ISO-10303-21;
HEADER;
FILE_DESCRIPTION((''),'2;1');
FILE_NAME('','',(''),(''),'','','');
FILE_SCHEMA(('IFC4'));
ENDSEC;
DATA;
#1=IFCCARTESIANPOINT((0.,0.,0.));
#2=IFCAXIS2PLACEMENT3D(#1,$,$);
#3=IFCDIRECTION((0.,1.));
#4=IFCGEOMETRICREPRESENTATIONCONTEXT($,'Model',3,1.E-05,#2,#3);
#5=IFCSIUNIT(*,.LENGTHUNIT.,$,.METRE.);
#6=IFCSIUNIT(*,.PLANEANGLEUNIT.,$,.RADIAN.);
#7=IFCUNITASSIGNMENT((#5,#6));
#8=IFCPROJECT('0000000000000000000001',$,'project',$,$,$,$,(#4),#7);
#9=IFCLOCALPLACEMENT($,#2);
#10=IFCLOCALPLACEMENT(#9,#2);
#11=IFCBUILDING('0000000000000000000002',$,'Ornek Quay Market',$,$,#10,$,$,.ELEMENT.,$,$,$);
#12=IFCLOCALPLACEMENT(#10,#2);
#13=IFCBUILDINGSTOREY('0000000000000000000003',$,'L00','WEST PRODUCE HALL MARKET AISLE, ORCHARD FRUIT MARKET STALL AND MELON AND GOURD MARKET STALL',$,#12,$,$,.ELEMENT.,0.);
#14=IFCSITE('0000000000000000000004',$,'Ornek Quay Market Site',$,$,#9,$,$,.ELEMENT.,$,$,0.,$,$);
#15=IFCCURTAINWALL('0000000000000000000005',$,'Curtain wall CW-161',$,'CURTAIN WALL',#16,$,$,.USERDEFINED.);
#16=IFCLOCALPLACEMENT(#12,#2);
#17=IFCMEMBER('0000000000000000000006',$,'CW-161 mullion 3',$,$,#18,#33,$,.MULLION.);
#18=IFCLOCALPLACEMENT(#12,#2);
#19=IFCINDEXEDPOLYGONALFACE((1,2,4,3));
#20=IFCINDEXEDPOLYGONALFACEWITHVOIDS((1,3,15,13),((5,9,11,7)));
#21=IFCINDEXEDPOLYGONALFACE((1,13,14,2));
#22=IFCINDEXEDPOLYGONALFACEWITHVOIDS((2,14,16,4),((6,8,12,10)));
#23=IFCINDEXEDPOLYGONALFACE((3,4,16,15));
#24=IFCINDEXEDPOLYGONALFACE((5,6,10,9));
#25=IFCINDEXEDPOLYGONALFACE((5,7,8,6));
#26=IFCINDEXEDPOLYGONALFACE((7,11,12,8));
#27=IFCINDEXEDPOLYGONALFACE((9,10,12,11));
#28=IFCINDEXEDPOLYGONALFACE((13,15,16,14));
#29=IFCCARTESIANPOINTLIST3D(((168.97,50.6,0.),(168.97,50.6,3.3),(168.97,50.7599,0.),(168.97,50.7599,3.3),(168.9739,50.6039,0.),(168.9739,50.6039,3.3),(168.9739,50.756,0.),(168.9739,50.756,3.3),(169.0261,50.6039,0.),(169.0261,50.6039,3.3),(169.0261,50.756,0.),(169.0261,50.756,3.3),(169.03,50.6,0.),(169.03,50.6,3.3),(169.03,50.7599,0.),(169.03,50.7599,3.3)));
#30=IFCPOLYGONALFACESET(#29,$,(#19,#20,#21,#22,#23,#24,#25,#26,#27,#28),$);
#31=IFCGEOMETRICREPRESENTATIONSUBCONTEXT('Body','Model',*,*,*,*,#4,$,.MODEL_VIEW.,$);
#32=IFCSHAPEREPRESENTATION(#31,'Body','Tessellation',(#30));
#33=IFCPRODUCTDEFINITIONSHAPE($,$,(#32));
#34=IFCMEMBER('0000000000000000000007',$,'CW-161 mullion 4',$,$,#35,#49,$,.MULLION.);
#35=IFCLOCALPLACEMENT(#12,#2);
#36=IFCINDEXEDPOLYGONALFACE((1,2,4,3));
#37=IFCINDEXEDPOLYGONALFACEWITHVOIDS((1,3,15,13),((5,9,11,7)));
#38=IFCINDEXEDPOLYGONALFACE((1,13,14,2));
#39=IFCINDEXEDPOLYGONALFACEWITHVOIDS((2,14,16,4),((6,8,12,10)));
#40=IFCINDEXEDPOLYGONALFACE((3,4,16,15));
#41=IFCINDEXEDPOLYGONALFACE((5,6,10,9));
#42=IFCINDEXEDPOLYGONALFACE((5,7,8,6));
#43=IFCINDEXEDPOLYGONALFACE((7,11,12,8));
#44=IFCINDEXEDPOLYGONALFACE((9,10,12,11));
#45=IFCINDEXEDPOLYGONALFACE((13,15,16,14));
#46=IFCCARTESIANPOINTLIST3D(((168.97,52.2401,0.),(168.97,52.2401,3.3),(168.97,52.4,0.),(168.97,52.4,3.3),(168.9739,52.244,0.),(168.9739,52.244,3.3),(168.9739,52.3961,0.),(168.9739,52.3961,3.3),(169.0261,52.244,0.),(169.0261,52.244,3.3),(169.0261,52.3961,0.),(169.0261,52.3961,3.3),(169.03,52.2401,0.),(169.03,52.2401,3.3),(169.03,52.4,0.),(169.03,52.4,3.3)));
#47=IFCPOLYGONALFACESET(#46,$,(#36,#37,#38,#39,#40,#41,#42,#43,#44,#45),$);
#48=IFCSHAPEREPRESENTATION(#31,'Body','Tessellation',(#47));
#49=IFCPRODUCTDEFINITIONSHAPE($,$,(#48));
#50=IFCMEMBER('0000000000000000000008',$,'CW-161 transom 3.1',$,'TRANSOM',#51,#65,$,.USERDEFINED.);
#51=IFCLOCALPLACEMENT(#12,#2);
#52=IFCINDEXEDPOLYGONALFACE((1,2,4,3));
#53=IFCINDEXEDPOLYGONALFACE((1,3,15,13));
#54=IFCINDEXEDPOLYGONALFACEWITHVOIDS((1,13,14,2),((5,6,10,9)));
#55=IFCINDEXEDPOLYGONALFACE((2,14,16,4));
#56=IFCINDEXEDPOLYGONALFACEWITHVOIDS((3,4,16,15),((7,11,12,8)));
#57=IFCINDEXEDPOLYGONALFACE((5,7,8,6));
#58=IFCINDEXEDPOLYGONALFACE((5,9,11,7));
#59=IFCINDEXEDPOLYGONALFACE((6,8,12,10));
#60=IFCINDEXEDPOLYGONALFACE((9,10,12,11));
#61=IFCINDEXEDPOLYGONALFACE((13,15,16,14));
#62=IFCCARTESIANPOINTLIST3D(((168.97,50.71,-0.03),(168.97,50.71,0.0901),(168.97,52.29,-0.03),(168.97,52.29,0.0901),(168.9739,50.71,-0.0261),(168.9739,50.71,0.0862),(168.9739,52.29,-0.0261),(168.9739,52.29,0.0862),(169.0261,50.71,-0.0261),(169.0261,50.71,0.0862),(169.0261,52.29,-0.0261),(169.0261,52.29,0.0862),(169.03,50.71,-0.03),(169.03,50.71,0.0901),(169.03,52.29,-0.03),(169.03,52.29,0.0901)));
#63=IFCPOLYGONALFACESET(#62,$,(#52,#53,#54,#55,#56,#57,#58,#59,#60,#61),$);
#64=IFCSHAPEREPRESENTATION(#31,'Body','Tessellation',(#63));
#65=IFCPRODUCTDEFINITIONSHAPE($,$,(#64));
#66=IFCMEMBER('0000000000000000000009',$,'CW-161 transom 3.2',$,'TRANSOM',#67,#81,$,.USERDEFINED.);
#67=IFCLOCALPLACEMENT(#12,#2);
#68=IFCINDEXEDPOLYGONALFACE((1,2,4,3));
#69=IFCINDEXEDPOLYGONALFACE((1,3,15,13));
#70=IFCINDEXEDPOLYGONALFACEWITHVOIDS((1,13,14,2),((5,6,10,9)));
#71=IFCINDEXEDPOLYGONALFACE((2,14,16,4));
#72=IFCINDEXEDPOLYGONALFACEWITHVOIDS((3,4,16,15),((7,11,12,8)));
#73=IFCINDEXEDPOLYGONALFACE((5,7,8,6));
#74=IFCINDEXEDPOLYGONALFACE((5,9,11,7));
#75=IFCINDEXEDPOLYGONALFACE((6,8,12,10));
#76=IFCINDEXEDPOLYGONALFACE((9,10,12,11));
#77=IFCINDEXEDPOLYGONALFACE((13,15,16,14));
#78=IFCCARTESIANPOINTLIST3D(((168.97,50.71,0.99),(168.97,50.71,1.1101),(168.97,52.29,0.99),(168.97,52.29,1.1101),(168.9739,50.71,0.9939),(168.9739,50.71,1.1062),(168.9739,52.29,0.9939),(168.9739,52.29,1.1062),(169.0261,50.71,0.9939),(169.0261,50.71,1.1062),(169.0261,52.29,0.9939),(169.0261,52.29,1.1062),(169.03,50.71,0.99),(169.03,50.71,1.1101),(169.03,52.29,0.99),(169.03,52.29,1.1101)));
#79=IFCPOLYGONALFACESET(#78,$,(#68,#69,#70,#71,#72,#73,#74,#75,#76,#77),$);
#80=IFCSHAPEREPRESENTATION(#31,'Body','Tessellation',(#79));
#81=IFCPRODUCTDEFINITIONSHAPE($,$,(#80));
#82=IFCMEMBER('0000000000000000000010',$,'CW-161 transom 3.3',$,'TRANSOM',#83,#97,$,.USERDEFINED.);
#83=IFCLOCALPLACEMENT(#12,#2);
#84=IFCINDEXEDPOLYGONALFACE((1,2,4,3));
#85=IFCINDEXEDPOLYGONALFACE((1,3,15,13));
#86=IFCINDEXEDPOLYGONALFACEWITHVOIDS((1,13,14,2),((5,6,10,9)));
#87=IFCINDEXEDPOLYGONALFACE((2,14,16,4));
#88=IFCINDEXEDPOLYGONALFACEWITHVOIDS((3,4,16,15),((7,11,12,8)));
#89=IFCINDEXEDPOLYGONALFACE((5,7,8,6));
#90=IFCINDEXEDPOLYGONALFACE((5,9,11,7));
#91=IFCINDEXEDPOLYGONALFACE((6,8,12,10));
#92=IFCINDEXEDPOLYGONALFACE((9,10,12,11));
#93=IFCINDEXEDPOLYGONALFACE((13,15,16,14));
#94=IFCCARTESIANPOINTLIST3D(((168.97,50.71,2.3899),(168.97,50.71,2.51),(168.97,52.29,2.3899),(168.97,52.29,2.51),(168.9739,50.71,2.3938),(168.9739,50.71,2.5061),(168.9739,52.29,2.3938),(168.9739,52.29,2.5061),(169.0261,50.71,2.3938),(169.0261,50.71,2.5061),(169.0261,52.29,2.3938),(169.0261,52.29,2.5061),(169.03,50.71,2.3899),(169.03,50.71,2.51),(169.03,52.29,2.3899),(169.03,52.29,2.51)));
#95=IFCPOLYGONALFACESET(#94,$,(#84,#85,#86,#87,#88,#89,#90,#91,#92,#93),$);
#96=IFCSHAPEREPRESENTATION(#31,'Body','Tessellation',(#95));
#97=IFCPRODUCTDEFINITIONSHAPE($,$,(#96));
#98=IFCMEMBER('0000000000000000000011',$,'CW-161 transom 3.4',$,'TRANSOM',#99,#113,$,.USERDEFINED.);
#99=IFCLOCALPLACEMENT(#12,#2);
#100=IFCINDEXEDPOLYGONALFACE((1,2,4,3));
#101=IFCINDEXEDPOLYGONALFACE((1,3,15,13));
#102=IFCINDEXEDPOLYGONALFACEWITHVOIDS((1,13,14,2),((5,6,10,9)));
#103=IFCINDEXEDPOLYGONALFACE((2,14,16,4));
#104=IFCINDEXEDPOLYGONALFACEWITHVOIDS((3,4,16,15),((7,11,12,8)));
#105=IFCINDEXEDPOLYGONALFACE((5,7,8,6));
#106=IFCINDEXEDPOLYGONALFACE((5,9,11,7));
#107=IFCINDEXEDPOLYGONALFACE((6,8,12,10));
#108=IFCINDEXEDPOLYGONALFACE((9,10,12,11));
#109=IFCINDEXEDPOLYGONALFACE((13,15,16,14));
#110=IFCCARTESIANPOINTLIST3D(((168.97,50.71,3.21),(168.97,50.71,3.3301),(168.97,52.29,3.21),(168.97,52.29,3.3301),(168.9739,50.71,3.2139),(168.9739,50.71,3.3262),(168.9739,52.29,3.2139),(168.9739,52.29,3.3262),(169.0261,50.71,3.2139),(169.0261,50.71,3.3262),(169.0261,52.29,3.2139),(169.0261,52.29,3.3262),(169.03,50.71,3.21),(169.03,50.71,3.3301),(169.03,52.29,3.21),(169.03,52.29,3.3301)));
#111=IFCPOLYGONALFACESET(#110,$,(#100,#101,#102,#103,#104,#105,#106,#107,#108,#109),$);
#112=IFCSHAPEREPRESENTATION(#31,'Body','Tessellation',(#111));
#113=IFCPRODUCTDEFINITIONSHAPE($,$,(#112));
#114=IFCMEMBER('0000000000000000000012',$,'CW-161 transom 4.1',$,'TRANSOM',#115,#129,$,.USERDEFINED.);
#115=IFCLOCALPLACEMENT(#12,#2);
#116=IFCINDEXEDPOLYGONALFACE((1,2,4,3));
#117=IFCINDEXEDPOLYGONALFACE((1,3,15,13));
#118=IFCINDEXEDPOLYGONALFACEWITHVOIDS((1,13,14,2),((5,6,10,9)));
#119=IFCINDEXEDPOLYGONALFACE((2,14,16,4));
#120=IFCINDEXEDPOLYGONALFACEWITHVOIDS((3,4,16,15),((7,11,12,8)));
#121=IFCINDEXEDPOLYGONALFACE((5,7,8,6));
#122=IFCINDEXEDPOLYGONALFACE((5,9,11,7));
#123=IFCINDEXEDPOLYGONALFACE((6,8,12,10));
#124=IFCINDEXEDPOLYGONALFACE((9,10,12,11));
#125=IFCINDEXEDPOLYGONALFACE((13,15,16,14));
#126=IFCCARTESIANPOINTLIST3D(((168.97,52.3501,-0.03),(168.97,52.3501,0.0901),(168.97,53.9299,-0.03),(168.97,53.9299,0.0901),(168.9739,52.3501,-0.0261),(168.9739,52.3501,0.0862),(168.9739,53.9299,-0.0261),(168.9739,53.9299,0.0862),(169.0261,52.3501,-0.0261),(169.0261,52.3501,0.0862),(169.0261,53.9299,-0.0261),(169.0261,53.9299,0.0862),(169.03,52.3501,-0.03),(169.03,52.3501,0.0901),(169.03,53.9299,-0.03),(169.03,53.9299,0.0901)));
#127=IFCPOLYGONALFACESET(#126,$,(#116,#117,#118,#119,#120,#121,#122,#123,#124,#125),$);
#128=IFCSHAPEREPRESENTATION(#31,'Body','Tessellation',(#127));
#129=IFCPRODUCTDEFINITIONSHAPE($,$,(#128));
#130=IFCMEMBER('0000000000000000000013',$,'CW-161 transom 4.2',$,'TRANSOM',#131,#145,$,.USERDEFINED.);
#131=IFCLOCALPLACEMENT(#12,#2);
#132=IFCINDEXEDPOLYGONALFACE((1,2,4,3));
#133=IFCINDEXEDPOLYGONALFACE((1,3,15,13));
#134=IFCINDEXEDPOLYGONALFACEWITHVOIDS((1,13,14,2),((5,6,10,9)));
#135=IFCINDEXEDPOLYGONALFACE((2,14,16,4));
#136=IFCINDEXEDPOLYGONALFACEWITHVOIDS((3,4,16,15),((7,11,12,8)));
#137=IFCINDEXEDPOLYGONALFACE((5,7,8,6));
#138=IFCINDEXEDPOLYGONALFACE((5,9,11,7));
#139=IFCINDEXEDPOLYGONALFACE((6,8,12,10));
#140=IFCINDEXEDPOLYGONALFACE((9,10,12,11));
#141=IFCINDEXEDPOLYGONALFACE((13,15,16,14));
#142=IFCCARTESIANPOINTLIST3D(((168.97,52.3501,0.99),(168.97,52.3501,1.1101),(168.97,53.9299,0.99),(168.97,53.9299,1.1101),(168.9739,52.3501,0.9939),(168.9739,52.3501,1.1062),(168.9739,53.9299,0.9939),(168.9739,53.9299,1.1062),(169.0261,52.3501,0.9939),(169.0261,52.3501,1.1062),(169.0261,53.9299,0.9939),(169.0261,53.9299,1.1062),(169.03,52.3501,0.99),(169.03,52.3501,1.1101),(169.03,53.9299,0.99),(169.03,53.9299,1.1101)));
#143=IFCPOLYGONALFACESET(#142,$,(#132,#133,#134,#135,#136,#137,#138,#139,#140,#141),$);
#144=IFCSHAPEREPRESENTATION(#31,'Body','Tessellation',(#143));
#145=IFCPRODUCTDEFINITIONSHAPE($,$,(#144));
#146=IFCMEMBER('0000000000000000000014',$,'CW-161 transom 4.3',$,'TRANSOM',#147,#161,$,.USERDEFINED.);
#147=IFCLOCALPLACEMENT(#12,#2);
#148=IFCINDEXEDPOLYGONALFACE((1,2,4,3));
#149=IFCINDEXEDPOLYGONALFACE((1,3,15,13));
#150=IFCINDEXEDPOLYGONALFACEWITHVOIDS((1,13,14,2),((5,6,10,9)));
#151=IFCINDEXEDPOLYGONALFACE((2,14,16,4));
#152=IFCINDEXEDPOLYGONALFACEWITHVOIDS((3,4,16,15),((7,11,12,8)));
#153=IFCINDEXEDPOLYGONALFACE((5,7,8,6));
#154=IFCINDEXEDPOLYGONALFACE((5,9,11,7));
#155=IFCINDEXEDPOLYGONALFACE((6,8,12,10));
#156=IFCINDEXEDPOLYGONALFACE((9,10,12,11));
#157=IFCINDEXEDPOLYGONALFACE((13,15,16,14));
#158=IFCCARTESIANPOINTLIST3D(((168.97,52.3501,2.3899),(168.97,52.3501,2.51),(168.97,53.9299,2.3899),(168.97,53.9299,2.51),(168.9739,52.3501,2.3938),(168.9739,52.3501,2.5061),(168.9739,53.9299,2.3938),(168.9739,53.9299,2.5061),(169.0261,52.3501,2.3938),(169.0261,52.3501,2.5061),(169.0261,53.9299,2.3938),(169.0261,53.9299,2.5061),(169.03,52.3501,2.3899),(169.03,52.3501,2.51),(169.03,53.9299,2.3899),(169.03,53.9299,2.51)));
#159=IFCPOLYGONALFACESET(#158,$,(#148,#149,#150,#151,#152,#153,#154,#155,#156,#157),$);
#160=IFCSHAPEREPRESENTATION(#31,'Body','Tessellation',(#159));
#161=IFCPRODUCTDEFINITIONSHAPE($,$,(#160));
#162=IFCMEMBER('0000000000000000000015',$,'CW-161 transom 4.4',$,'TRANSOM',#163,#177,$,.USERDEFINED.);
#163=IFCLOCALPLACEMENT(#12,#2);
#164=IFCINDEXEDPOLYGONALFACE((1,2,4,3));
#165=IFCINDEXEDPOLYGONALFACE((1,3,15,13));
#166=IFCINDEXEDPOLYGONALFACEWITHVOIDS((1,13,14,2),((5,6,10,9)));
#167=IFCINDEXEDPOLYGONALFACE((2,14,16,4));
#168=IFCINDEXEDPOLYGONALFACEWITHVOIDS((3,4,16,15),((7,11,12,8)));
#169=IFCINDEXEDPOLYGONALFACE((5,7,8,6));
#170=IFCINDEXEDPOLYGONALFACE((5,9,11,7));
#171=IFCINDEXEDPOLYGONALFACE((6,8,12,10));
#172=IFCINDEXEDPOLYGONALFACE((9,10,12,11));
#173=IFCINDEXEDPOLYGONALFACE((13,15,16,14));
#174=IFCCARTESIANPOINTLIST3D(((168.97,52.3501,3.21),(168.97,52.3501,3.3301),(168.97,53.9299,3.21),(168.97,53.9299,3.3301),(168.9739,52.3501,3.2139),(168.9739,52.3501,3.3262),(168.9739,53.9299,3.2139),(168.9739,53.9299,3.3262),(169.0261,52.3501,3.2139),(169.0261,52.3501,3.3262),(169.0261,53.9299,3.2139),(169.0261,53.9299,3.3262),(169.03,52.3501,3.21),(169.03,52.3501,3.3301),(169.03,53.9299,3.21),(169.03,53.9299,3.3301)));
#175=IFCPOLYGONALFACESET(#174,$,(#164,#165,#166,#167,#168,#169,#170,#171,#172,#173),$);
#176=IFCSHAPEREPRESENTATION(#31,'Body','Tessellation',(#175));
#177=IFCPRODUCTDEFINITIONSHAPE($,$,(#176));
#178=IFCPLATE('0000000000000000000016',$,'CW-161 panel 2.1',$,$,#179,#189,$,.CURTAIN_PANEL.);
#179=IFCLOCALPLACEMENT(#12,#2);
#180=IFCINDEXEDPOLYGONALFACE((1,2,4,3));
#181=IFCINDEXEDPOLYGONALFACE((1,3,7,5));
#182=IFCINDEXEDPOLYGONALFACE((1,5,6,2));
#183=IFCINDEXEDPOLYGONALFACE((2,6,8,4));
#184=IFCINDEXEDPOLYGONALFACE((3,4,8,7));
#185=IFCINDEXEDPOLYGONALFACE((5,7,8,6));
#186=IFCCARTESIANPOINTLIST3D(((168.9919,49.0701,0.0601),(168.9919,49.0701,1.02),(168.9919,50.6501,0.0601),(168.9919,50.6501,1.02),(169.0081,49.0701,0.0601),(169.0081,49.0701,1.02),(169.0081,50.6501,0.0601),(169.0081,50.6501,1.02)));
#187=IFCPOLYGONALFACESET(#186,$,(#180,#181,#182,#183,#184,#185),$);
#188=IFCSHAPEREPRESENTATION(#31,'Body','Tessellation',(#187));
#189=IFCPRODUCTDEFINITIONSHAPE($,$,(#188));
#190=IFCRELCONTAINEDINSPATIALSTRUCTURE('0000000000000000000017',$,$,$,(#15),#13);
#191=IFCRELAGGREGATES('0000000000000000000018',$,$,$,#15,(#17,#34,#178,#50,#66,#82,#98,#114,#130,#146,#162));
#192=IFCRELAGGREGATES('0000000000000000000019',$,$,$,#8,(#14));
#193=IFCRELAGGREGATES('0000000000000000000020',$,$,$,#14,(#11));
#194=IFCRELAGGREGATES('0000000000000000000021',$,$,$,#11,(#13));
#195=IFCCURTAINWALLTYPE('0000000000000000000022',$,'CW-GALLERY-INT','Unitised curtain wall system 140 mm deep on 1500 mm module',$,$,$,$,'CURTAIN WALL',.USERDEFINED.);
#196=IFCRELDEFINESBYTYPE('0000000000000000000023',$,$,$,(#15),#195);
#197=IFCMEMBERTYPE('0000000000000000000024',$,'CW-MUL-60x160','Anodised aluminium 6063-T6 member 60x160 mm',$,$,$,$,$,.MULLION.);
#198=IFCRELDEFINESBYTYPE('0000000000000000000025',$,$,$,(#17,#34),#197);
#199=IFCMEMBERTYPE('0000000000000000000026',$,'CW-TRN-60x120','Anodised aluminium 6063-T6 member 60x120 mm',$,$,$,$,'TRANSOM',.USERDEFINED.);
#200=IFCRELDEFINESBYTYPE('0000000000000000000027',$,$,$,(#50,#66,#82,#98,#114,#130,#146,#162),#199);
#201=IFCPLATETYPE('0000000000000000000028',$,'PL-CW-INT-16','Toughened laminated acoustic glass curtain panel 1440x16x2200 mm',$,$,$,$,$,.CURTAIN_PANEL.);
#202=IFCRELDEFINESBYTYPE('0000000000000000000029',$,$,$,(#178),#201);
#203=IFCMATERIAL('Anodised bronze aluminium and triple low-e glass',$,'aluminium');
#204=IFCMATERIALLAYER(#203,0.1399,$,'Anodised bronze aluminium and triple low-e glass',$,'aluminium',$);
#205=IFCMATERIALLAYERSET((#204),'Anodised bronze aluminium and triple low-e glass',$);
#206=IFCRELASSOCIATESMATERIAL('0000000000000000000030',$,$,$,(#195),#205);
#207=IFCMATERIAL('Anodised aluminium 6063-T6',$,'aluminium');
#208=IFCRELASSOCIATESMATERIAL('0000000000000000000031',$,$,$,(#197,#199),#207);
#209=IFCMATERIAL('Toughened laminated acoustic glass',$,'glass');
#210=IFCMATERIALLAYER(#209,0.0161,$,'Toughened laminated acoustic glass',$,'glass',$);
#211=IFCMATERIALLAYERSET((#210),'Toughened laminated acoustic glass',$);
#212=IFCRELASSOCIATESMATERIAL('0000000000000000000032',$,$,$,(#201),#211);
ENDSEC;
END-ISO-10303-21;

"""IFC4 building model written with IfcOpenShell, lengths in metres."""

from ifc_helpers import new_model, si_unit, direction, frame, origin, origin_2d, place, context, subcontext, project, spatial, rectangle, hollow_rectangle, extrude, material, layer, layer_set, material_profile, profile_set, type_object, element, aggregate, save


model = new_model("IFC4")

# Units and contexts
model_context = context("Model", 3, precision=1e-05, world=origin(), true_north=direction((0.0, 1.0)))
body_context = subcontext(model_context, "Body", "Model", "MODEL_VIEW")
ifc_project = project(units=[si_unit("LENGTHUNIT", "METRE"), si_unit("PLANEANGLEUNIT", "RADIAN")], contexts=[model_context])

# Site, building, storey
site_placement = place(None, origin())
site = spatial("IfcSite", under=ifc_project, at=site_placement, Name="Ornek Quay Market Site", CompositionType="ELEMENT", RefElevation=0.0)
building_placement = place(site_placement, origin())
building = spatial("IfcBuilding", under=site, at=building_placement, Name="Ornek Quay Market", CompositionType="ELEMENT")
storey_placement = place(building_placement, origin())
storey = spatial("IfcBuildingStorey", under=building, at=storey_placement, Name="L00", Description="WEST PRODUCE HALL MARKET AISLE, ORCHARD FRUIT MARKET STALL AND MELON AND GOURD MARKET STALL", CompositionType="ELEMENT", Elevation=0.0)

# Curtain wall, members, plate
ifc_material_1 = material(Name="Anodised bronze aluminium and triple low-e glass", Category="aluminium")
ifc_layer_1 = layer(ifc_material_1, 0.1399, Name="Anodised bronze aluminium and triple low-e glass", Category="aluminium")
ifc_layer_set_1 = layer_set([ifc_layer_1], Name="Anodised bronze aluminium and triple low-e glass")
curtain_wall_type = type_object("IfcCurtainWallType", Name="CW-GALLERY-INT", Description="Unitised curtain wall system 140 mm deep on 1500 mm module", ElementType="CURTAIN WALL", PredefinedType="USERDEFINED", material=ifc_layer_set_1)
curtain_wall_placement = place(storey_placement, origin())
curtain_wall = element("IfcCurtainWall", 1, at=curtain_wall_placement, inside=storey, type_object=curtain_wall_type, Name="Curtain wall CW-161", ObjectType="CURTAIN WALL", PredefinedType="USERDEFINED")
ifc_material_2 = material(Name="Anodised aluminium 6063-T6", Category="aluminium")
ifc_material_profile_1 = material_profile(ifc_material_2, hollow_rectangle(XDim=0.0601, YDim=0.1599, WallThickness=0.0039, at=origin_2d()), Name="CW-MUL-60x160", Category="aluminium")
ifc_profile_set_1 = profile_set([ifc_material_profile_1], Name="Anodised aluminium 6063-T6")
member_type_1 = type_object("IfcMemberType", Name="CW-MUL-60x160", Description="Anodised aluminium 6063-T6 member 60x160 mm", PredefinedType="MULLION", material=ifc_profile_set_1)
member_1_placement = place(storey_placement, frame((169.0, 50.6799, 0.0), z_axis=(0.0, 0.0, 1.0), x_axis=(-1.0, 0.0, 0.0)))
member_1 = element("IfcMember", 2, at=member_1_placement, type_object=member_type_1, Name="CW-161 mullion 3", PredefinedType="MULLION", context=body_context, shape_type="SweptSolid", body=[
    extrude(hollow_rectangle(XDim=0.0601, YDim=0.1599, WallThickness=0.0039, at=origin_2d()), origin(), (0.0, 0.0, 1.0), 3.3),
])
member_2_placement = place(storey_placement, frame((169.0, 52.3201, 0.0), z_axis=(0.0, 0.0, 1.0), x_axis=(-1.0, 0.0, 0.0)))
member_2 = element("IfcMember", 3, at=member_2_placement, type_object=member_type_1, Name="CW-161 mullion 4", PredefinedType="MULLION", context=body_context, shape_type="SweptSolid", body=[
    extrude(hollow_rectangle(XDim=0.0601, YDim=0.1599, WallThickness=0.0039, at=origin_2d()), origin(), (0.0, 0.0, 1.0), 3.3),
])
ifc_material_profile_2 = material_profile(ifc_material_2, hollow_rectangle(XDim=0.0601, YDim=0.1201, WallThickness=0.0039, at=origin_2d()), Name="CW-TRN-60x120", Category="aluminium")
ifc_profile_set_2 = profile_set([ifc_material_profile_2], Name="Anodised aluminium 6063-T6")
member_type_2 = type_object("IfcMemberType", Name="CW-TRN-60x120", Description="Anodised aluminium 6063-T6 member 60x120 mm", ElementType="TRANSOM", PredefinedType="USERDEFINED", material=ifc_profile_set_2)
member_3_placement = place(storey_placement, frame((169.0, 50.71, 0.03), z_axis=(0.0, 1.0, 0.0), x_axis=(-1.0, 0.0, 0.0)))
member_3 = element("IfcMember", 4, at=member_3_placement, type_object=member_type_2, Name="CW-161 transom 3.1", ObjectType="TRANSOM", PredefinedType="USERDEFINED", context=body_context, shape_type="SweptSolid", body=[
    extrude(hollow_rectangle(XDim=0.0601, YDim=0.1201, WallThickness=0.0039, at=origin_2d()), origin(), (0.0, 0.0, 1.0), 1.5801),
])
member_4_placement = place(storey_placement, frame((169.0, 50.71, 1.05), z_axis=(0.0, 1.0, 0.0), x_axis=(-1.0, 0.0, 0.0)))
member_4 = element("IfcMember", 5, at=member_4_placement, type_object=member_type_2, Name="CW-161 transom 3.2", ObjectType="TRANSOM", PredefinedType="USERDEFINED", context=body_context, shape_type="SweptSolid", body=[
    extrude(hollow_rectangle(XDim=0.0601, YDim=0.1201, WallThickness=0.0039, at=origin_2d()), origin(), (0.0, 0.0, 1.0), 1.5801),
])
member_5_placement = place(storey_placement, frame((169.0, 50.71, 2.45), z_axis=(0.0, 1.0, 0.0), x_axis=(-1.0, 0.0, 0.0)))
member_5 = element("IfcMember", 6, at=member_5_placement, type_object=member_type_2, Name="CW-161 transom 3.3", ObjectType="TRANSOM", PredefinedType="USERDEFINED", context=body_context, shape_type="SweptSolid", body=[
    extrude(hollow_rectangle(XDim=0.0601, YDim=0.1201, WallThickness=0.0039, at=origin_2d()), origin(), (0.0, 0.0, 1.0), 1.5801),
])
member_6_placement = place(storey_placement, frame((169.0, 50.71, 3.27), z_axis=(0.0, 1.0, 0.0), x_axis=(-1.0, 0.0, 0.0)))
member_6 = element("IfcMember", 7, at=member_6_placement, type_object=member_type_2, Name="CW-161 transom 3.4", ObjectType="TRANSOM", PredefinedType="USERDEFINED", context=body_context, shape_type="SweptSolid", body=[
    extrude(hollow_rectangle(XDim=0.0601, YDim=0.1201, WallThickness=0.0039, at=origin_2d()), origin(), (0.0, 0.0, 1.0), 1.5801),
])
member_7_placement = place(storey_placement, frame((169.0, 52.3501, 0.03), z_axis=(0.0, 1.0, 0.0), x_axis=(-1.0, 0.0, 0.0)))
member_7 = element("IfcMember", 8, at=member_7_placement, type_object=member_type_2, Name="CW-161 transom 4.1", ObjectType="TRANSOM", PredefinedType="USERDEFINED", context=body_context, shape_type="SweptSolid", body=[
    extrude(hollow_rectangle(XDim=0.0601, YDim=0.1201, WallThickness=0.0039, at=origin_2d()), origin(), (0.0, 0.0, 1.0), 1.5798),
])
member_8_placement = place(storey_placement, frame((169.0, 52.3501, 1.05), z_axis=(0.0, 1.0, 0.0), x_axis=(-1.0, 0.0, 0.0)))
member_8 = element("IfcMember", 9, at=member_8_placement, type_object=member_type_2, Name="CW-161 transom 4.2", ObjectType="TRANSOM", PredefinedType="USERDEFINED", context=body_context, shape_type="SweptSolid", body=[
    extrude(hollow_rectangle(XDim=0.0601, YDim=0.1201, WallThickness=0.0039, at=origin_2d()), origin(), (0.0, 0.0, 1.0), 1.5798),
])
member_9_placement = place(storey_placement, frame((169.0, 52.3501, 2.45), z_axis=(0.0, 1.0, 0.0), x_axis=(-1.0, 0.0, 0.0)))
member_9 = element("IfcMember", 10, at=member_9_placement, type_object=member_type_2, Name="CW-161 transom 4.3", ObjectType="TRANSOM", PredefinedType="USERDEFINED", context=body_context, shape_type="SweptSolid", body=[
    extrude(hollow_rectangle(XDim=0.0601, YDim=0.1201, WallThickness=0.0039, at=origin_2d()), origin(), (0.0, 0.0, 1.0), 1.5798),
])
member_10_placement = place(storey_placement, frame((169.0, 52.3501, 3.27), z_axis=(0.0, 1.0, 0.0), x_axis=(-1.0, 0.0, 0.0)))
member_10 = element("IfcMember", 11, at=member_10_placement, type_object=member_type_2, Name="CW-161 transom 4.4", ObjectType="TRANSOM", PredefinedType="USERDEFINED", context=body_context, shape_type="SweptSolid", body=[
    extrude(hollow_rectangle(XDim=0.0601, YDim=0.1201, WallThickness=0.0039, at=origin_2d()), origin(), (0.0, 0.0, 1.0), 1.5798),
])
ifc_material_3 = material(Name="Toughened laminated acoustic glass", Category="glass")
ifc_layer_2 = layer(ifc_material_3, 0.0161, Name="Toughened laminated acoustic glass", Category="glass")
ifc_layer_set_2 = layer_set([ifc_layer_2], Name="Toughened laminated acoustic glass")
plate_type = type_object("IfcPlateType", Name="PL-CW-INT-16", Description="Toughened laminated acoustic glass curtain panel 1440x16x2200 mm", PredefinedType="CURTAIN_PANEL", material=ifc_layer_set_2)
plate_1_placement = place(storey_placement, frame((169.0, 49.8601, 0.0601), z_axis=(0.0, 0.0, 1.0), x_axis=(0.0, 1.0, 0.0)))
plate_1 = element("IfcPlate", 12, at=plate_1_placement, type_object=plate_type, Name="CW-161 panel 2.1", PredefinedType="CURTAIN_PANEL", context=body_context, shape_type="SweptSolid", body=[
    extrude(rectangle(XDim=1.5801, YDim=0.0161, at=origin_2d()), origin(), (0.0, 0.0, 1.0), 0.96),
])
aggregate(curtain_wall, [member_1, member_2, plate_1, member_3, member_4, member_5, member_6, member_7, member_8, member_9, member_10])

save(model, "model.ifc")
